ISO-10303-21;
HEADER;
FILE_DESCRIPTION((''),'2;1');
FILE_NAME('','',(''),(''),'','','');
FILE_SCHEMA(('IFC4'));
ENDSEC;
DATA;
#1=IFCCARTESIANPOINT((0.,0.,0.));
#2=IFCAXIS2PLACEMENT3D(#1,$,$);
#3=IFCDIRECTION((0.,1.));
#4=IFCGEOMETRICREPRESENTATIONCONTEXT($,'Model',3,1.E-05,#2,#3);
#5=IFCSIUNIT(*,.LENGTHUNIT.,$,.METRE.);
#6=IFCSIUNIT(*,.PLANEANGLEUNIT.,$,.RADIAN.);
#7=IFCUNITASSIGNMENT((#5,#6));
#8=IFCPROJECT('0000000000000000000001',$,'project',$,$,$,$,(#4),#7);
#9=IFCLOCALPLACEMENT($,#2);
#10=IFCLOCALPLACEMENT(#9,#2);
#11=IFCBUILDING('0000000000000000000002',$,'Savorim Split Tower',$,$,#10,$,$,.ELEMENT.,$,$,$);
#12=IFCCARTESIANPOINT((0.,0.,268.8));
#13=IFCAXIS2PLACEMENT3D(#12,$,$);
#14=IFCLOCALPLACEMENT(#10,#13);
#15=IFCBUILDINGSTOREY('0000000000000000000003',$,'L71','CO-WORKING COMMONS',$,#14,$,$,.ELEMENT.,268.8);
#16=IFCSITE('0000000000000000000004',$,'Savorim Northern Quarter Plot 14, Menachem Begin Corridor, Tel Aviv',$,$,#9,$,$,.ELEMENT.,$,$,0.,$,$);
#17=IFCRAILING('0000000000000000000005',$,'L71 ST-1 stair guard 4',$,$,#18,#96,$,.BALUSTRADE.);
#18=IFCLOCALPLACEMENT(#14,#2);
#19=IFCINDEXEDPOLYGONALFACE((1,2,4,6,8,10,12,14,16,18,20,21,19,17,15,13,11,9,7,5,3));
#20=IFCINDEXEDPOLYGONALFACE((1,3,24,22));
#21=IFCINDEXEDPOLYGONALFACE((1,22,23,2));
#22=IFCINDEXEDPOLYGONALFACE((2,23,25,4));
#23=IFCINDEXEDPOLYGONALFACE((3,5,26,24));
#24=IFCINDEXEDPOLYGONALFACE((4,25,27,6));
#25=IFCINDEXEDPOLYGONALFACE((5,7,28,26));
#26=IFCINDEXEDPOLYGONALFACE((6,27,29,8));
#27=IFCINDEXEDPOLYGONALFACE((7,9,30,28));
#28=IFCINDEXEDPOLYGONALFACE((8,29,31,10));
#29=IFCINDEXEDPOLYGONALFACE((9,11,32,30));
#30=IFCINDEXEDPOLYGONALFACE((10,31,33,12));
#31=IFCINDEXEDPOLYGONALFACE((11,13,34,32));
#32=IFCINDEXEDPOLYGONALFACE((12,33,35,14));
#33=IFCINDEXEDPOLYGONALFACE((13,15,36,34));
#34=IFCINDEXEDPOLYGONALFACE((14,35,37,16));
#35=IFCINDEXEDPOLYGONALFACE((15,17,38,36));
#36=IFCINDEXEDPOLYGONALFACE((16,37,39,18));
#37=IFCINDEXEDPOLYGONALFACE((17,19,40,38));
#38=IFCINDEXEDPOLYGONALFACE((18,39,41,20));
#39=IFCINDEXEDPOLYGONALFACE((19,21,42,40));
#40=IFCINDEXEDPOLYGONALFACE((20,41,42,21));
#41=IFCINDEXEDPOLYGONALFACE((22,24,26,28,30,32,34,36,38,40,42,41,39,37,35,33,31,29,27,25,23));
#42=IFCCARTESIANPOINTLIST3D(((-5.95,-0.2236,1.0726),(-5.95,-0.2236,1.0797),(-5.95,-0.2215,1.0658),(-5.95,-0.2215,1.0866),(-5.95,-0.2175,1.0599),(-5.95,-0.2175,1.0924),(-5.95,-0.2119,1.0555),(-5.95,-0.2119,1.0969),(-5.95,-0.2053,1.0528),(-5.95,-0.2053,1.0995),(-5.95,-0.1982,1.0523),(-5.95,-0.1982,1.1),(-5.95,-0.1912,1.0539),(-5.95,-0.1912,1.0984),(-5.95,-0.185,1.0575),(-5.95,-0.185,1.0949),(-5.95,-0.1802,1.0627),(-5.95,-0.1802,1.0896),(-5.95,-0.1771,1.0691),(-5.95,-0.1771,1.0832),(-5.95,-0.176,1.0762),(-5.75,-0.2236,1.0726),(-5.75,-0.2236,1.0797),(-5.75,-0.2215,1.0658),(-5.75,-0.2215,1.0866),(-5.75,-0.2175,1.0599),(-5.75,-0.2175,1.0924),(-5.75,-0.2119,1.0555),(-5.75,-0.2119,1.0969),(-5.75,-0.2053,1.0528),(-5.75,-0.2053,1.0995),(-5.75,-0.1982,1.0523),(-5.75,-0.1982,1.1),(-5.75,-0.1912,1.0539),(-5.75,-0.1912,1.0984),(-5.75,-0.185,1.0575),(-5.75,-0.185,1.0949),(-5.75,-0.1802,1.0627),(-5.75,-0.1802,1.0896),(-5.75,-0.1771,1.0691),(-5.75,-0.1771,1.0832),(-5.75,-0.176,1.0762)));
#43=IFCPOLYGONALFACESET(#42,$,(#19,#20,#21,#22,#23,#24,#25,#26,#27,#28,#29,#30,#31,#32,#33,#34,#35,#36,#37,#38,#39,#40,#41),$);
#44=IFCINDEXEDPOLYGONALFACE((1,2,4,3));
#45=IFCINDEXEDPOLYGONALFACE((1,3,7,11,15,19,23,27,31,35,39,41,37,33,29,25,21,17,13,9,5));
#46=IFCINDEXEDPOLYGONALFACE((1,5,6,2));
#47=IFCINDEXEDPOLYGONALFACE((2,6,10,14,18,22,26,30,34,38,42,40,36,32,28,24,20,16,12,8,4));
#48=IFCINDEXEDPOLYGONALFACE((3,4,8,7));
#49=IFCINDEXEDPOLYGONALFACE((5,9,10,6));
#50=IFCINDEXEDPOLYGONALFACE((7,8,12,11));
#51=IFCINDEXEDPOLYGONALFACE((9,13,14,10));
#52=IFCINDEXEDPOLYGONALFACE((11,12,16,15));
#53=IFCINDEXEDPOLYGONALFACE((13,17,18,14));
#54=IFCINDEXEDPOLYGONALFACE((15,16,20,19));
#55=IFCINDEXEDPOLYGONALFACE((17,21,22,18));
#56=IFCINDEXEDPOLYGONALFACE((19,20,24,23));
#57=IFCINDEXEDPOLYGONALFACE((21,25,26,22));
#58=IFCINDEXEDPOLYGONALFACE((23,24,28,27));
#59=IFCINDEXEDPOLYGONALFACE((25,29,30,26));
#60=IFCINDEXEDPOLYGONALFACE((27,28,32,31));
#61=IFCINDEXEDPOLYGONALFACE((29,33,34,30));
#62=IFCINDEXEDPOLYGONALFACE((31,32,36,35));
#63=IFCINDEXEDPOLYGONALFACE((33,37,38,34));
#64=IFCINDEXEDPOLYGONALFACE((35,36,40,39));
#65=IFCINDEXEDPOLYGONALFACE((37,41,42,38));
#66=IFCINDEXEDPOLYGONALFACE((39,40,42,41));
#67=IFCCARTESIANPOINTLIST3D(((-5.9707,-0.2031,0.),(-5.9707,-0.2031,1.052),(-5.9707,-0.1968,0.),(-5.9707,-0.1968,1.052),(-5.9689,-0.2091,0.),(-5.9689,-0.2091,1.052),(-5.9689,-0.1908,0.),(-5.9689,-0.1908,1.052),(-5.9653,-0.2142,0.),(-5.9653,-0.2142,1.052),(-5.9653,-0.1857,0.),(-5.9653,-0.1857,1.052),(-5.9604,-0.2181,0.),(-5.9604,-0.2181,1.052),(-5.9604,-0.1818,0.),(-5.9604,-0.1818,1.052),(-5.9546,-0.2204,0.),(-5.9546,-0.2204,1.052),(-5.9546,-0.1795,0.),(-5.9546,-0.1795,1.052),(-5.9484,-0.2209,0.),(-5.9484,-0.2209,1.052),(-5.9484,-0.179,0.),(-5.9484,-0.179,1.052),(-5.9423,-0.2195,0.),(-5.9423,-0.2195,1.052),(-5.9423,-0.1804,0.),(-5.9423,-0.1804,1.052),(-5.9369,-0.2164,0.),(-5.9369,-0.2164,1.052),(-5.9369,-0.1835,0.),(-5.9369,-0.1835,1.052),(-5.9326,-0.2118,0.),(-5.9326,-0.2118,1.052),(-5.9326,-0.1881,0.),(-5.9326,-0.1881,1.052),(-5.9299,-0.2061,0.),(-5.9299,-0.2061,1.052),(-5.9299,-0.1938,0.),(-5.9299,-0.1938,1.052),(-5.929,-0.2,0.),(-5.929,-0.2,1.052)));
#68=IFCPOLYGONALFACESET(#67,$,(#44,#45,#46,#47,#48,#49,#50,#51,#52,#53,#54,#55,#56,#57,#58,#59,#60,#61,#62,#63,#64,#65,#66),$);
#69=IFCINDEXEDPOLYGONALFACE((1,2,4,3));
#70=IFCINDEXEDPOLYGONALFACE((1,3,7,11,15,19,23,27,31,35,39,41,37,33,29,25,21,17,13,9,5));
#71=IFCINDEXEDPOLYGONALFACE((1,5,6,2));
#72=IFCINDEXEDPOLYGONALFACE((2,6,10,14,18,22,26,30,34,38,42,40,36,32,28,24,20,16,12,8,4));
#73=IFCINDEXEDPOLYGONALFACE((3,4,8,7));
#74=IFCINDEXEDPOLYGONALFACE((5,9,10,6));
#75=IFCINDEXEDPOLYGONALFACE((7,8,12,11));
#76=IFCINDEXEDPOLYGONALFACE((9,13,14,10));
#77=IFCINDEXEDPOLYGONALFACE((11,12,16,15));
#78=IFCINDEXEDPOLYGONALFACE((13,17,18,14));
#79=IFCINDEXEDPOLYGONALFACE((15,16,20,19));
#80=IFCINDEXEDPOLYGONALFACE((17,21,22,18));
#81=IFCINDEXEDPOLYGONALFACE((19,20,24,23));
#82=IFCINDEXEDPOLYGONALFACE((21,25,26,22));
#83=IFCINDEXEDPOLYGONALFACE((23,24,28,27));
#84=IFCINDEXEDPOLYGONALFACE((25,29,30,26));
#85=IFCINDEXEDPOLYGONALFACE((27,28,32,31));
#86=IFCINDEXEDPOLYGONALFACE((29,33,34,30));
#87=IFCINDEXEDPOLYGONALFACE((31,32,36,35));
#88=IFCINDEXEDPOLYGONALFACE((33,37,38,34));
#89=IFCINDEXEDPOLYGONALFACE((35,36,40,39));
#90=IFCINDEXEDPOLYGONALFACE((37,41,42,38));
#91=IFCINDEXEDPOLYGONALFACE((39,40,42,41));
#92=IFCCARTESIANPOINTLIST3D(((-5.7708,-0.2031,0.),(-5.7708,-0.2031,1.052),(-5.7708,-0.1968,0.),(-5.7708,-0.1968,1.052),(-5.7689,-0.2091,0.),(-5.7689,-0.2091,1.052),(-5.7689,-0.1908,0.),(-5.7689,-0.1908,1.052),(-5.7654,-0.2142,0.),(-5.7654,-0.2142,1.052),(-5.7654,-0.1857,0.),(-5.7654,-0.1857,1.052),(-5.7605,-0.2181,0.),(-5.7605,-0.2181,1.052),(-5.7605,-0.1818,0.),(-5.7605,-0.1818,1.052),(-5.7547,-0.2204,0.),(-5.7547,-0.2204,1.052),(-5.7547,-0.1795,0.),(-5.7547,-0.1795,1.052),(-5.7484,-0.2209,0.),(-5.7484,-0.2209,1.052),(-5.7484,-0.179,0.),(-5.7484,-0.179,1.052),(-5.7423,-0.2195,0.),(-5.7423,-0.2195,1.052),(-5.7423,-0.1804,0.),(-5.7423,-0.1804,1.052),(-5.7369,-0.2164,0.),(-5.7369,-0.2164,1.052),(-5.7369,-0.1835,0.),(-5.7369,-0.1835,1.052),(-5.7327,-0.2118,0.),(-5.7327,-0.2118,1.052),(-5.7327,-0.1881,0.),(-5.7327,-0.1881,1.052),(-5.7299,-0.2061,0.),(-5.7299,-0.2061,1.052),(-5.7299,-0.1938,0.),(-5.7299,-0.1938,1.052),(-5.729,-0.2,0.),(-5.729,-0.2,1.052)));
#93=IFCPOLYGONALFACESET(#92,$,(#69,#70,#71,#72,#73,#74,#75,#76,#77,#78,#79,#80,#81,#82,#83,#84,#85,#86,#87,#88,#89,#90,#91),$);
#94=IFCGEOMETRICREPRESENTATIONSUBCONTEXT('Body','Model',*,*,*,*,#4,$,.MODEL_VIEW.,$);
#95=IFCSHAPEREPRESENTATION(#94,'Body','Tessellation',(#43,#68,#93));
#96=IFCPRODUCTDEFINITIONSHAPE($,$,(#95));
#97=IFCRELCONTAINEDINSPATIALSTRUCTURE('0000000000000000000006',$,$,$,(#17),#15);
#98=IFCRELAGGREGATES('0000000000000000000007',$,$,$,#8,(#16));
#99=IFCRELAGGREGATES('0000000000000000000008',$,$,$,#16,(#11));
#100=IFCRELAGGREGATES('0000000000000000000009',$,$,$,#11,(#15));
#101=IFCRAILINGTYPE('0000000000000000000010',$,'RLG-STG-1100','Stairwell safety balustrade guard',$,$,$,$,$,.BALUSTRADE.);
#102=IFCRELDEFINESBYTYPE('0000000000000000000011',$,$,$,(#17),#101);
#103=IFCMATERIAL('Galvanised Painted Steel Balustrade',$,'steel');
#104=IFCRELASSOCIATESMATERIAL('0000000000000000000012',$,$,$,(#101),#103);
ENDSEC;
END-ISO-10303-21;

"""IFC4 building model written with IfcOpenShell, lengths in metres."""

from ifc_helpers import new_model, si_unit, direction, frame, origin, origin_2d, place, context, subcontext, project, spatial, circle, extrude, material, type_object, element, save


model = new_model("IFC4")

# Units and contexts
model_context = context("Model", 3, precision=1e-05, world=origin(), true_north=direction((0.0, 1.0)))
body_context = subcontext(model_context, "Body", "Model", "MODEL_VIEW")
ifc_project = project(units=[si_unit("LENGTHUNIT", "METRE"), si_unit("PLANEANGLEUNIT", "RADIAN")], contexts=[model_context])

# Site, building, storey
site_placement = place(None, origin())
site = spatial("IfcSite", under=ifc_project, at=site_placement, Name="Savorim Northern Quarter Plot 14, Menachem Begin Corridor, Tel Aviv", CompositionType="ELEMENT", RefElevation=0.0)
building_placement = place(site_placement, origin())
building = spatial("IfcBuilding", under=site, at=building_placement, Name="Savorim Split Tower", CompositionType="ELEMENT")
storey_placement = place(building_placement, frame((0.0, 0.0, 268.8)))
storey = spatial("IfcBuildingStorey", under=building, at=storey_placement, Name="L71", Description="CO-WORKING COMMONS", CompositionType="ELEMENT", Elevation=268.8)

# Railing
ifc_material_1 = material(Name="Galvanised Painted Steel Balustrade", Category="steel")
railing_type_1 = type_object("IfcRailingType", Name="RLG-STG-1100", Description="Stairwell safety balustrade guard", PredefinedType="BALUSTRADE", material=ifc_material_1)
railing_1_placement = place(storey_placement, frame((-5.95, -0.2, 0.0)))
element("IfcRailing", 1, at=railing_1_placement, inside=storey, type_object=railing_type_1, Name="L71 ST-1 stair guard 4", PredefinedType="BALUSTRADE", context=body_context, shape_type="SweptSolid", body=[
    extrude(circle(Radius=0.0239, at=origin_2d()), frame((0.0, 0.0, 1.0762), z_axis=(1.0, 0.0, 0.0), x_axis=(0.0, 1.0, 0.0)), (0.0, 0.0, 1.0), 0.2),
    extrude(circle(Radius=0.021, at=origin_2d()), origin(), (0.0, 0.0, 1.0), 1.052),
    extrude(circle(Radius=0.021, at=origin_2d()), frame((0.2, 0.0, 0.0)), (0.0, 0.0, 1.0), 1.052),
])

save(model, "model.ifc")
